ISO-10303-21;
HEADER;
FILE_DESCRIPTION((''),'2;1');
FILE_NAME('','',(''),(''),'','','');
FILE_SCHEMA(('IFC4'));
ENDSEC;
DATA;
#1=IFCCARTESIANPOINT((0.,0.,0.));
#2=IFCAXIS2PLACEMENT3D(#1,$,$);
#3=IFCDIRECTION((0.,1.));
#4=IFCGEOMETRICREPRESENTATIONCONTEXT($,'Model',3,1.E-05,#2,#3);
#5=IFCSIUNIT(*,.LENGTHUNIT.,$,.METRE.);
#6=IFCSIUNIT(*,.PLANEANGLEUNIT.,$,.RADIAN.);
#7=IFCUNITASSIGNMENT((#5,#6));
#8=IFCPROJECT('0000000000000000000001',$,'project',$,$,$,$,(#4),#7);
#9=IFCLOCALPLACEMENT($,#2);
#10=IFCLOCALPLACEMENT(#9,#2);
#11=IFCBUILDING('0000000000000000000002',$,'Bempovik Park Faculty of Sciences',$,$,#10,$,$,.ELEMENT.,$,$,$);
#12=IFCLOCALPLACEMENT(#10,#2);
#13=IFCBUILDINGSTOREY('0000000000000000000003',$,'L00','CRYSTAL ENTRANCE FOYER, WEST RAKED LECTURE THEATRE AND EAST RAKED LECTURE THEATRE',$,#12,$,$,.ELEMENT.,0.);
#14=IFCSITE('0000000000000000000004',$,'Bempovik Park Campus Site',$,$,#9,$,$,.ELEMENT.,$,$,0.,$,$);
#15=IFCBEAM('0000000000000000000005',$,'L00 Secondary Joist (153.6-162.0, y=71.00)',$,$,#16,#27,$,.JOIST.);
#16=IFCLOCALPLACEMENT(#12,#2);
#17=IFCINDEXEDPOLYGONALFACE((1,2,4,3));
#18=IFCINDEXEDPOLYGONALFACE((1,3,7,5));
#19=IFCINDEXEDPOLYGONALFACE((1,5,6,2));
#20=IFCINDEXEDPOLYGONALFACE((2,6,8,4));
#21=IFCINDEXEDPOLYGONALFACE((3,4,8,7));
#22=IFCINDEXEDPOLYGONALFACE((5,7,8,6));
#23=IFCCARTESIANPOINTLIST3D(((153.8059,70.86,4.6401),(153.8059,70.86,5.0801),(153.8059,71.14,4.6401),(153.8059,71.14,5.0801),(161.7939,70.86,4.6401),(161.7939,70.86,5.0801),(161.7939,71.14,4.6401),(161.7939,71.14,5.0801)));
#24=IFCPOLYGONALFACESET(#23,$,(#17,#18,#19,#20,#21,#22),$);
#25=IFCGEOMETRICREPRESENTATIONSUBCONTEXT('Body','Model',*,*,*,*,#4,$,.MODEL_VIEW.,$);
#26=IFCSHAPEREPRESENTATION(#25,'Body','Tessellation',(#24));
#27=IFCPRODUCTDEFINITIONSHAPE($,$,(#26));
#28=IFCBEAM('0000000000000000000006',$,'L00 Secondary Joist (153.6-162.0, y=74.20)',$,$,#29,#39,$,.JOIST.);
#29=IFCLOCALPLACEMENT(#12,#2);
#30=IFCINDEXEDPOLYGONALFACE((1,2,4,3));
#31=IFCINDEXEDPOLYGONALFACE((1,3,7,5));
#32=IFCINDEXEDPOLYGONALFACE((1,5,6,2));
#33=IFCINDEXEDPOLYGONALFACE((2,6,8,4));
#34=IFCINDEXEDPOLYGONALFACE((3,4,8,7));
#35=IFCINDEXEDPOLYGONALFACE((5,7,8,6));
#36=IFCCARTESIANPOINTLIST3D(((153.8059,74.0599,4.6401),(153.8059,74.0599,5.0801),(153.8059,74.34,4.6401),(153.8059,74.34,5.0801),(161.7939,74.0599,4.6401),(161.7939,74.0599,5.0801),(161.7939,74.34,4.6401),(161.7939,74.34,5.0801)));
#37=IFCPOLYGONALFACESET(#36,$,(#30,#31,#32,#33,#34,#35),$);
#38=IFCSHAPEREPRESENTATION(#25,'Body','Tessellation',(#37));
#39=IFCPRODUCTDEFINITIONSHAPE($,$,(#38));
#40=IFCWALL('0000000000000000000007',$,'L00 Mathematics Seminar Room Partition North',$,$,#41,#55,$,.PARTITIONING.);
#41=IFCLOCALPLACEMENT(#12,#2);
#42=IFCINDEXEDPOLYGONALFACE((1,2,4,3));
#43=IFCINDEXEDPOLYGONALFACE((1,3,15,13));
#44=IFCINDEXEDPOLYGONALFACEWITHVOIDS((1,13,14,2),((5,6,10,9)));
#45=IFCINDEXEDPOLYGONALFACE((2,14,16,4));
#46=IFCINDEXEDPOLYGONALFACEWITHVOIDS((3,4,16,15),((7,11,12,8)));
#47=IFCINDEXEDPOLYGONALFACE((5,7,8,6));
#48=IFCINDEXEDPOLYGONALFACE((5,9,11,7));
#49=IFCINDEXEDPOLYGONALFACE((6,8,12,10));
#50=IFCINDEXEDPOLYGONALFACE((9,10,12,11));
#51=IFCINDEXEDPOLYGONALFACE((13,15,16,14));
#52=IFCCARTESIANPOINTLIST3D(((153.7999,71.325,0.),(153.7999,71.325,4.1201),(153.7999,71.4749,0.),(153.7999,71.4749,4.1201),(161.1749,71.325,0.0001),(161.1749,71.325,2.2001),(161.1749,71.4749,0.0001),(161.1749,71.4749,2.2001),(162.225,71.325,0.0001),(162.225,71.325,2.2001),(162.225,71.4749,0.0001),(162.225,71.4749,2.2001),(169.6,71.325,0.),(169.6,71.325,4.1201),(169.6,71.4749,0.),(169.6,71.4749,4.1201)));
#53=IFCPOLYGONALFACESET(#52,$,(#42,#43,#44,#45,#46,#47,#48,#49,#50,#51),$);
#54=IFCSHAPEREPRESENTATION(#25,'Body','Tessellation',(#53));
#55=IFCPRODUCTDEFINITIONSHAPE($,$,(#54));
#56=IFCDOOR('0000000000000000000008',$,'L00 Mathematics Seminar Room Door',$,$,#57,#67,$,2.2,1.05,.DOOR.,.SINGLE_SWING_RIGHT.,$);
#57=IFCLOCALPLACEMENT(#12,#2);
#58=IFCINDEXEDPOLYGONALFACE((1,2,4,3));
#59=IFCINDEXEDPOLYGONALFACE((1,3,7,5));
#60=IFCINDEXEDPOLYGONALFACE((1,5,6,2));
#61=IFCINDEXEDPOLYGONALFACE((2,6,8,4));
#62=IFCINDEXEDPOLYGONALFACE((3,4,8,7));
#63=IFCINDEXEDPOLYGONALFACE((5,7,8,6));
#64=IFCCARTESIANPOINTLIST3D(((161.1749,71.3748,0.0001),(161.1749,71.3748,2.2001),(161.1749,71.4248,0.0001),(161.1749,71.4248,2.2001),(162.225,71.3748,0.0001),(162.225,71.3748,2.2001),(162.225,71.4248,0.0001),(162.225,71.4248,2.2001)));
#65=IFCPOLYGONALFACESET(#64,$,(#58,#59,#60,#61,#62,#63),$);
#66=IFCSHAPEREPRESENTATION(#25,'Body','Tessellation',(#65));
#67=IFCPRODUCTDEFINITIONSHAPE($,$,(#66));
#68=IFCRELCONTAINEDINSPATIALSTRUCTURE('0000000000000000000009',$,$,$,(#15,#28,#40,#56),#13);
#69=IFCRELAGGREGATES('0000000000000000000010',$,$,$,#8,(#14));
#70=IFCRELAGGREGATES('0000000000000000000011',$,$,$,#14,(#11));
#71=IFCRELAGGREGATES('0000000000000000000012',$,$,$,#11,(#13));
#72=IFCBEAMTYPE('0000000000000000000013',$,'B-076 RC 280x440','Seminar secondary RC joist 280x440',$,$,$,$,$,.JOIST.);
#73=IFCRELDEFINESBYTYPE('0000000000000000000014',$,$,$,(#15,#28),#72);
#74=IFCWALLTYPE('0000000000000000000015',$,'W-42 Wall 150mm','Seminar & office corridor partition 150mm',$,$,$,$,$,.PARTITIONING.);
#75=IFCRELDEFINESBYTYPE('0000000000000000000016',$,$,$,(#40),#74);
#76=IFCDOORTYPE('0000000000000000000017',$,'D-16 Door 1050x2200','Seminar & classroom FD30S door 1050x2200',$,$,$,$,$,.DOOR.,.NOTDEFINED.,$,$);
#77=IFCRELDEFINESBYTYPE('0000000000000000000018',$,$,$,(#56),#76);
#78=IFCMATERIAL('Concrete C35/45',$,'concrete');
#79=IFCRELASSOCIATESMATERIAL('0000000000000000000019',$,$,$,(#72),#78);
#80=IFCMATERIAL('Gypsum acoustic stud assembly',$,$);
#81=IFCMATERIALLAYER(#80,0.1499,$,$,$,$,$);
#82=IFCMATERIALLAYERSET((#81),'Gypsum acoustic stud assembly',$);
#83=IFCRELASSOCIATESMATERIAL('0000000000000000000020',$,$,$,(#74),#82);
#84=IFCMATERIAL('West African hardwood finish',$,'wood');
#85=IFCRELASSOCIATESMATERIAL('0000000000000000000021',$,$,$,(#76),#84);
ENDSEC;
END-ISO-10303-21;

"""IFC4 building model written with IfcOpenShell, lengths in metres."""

from ifc_helpers import new_model, si_unit, direction, frame, frame_2d, origin, origin_2d, place, context, subcontext, project, spatial, rectangle, extrude, material, layer, layer_set, material_profile, profile_set, type_object, element, fill, save


model = new_model("IFC4")

# Units and contexts
model_context = context("Model", 3, precision=1e-05, world=origin(), true_north=direction((0.0, 1.0)))
body_context = subcontext(model_context, "Body", "Model", "MODEL_VIEW")
ifc_project = project(units=[si_unit("LENGTHUNIT", "METRE"), si_unit("PLANEANGLEUNIT", "RADIAN")], contexts=[model_context])

# Site, building, storey
site_placement = place(None, origin())
site = spatial("IfcSite", under=ifc_project, at=site_placement, Name="Bempovik Park Campus Site", CompositionType="ELEMENT", RefElevation=0.0)
building_placement = place(site_placement, origin())
building = spatial("IfcBuilding", under=site, at=building_placement, Name="Bempovik Park Faculty of Sciences", CompositionType="ELEMENT")
storey_placement = place(building_placement, origin())
storey = spatial("IfcBuildingStorey", under=building, at=storey_placement, Name="L00", Description="CRYSTAL ENTRANCE FOYER, WEST RAKED LECTURE THEATRE AND EAST RAKED LECTURE THEATRE", CompositionType="ELEMENT", Elevation=0.0)

# Shared definitions
ifc_material_1 = material(Name="Concrete C35/45", Category="concrete")

# Beams
ifc_material_profile_1 = material_profile(ifc_material_1, rectangle(XDim=0.28, YDim=0.4399, at=origin_2d()), Name="RC 280x440")
ifc_profile_set_1 = profile_set([ifc_material_profile_1], Name="Concrete C35/45")
beam_type_1 = type_object("IfcBeamType", Name="B-076 RC 280x440", Description="Seminar secondary RC joist 280x440", PredefinedType="JOIST", material=ifc_profile_set_1)
for number, where, z_axis, x_axis, name in (
    (1, (153.8059, 71.0, 4.8601), (1.0, 0.0, 0.0), (0.0, 1.0, 0.0), "L00 Secondary Joist (153.6-162.0, y=71.00)"),
    (2, (153.8059, 74.2, 4.8601), (1.0, 0.0, 0.0), (0.0, 1.0, 0.0), "L00 Secondary Joist (153.6-162.0, y=74.20)"),
):
    element("IfcBeam", number, at=place(storey_placement, frame(where, z_axis=z_axis, x_axis=x_axis)), inside=storey, type_object=beam_type_1, Name=name, PredefinedType="JOIST", context=body_context, shape_type="SweptSolid", body=[
        extrude(rectangle(XDim=0.28, YDim=0.4399, at=origin_2d()), origin(), (0.0, 0.0, 1.0), 7.988),
    ])

# Wall, opening, door
ifc_material_2 = material(Name="Gypsum acoustic stud assembly")
ifc_layer = layer(ifc_material_2, 0.1499)
ifc_layer_set = layer_set([ifc_layer], Name="Gypsum acoustic stud assembly")
wall_type = type_object("IfcWallType", Name="W-42 Wall 150mm", Description="Seminar & office corridor partition 150mm", PredefinedType="PARTITIONING", material=ifc_layer_set)
wall_placement = place(storey_placement, frame((153.8, 71.3999, 0.0), z_axis=(0.0, 0.0, 1.0), x_axis=(1.0, 0.0, 0.0)))
wall = element("IfcWall", 3, at=wall_placement, inside=storey, type_object=wall_type, Name="L00 Mathematics Seminar Room Partition North", PredefinedType="PARTITIONING", context=body_context, shape_type="SweptSolid", body=[
    extrude(rectangle(XDim=15.8, YDim=0.1499, at=frame_2d((7.8999, 0.0))), origin(), (0.0, 0.0, 1.0), 4.1201),
])
opening_placement = place(wall_placement, frame((7.375, 0.0, 0.0)))
opening = element("IfcOpeningElement", 4, at=opening_placement, cuts=wall, PredefinedType="OPENING", context=body_context, shape_type="SweptSolid", body=[
    extrude(rectangle(XDim=1.05, YDim=2.2, at=frame_2d((0.5249, 1.1001))), frame((0.0, 0.085, 0.0), z_axis=(0.0, -1.0, 0.0), x_axis=(1.0, 0.0, 0.0)), (0.0, 0.0, 1.0), 0.1699),
])
ifc_material_3 = material(Name="West African hardwood finish", Category="wood")
door_type = type_object("IfcDoorType", Name="D-16 Door 1050x2200", Description="Seminar & classroom FD30S door 1050x2200", OperationType="NOTDEFINED", PredefinedType="DOOR", material=ifc_material_3)
door_placement = place(opening_placement, origin())
door = element("IfcDoor", 5, at=door_placement, inside=storey, type_object=door_type, Name="L00 Mathematics Seminar Room Door", OperationType="SINGLE_SWING_RIGHT", OverallHeight=2.2, OverallWidth=1.05, PredefinedType="DOOR", context=body_context, shape_type="SweptSolid", body=[
    extrude(rectangle(XDim=1.05, YDim=2.2, at=frame_2d((0.5249, 1.1001))), frame((0.0, 0.0249, 0.0), z_axis=(0.0, -1.0, 0.0), x_axis=(1.0, 0.0, 0.0)), (0.0, 0.0, 1.0), 0.05),
])
fill(opening, door)

save(model, "model.ifc")
